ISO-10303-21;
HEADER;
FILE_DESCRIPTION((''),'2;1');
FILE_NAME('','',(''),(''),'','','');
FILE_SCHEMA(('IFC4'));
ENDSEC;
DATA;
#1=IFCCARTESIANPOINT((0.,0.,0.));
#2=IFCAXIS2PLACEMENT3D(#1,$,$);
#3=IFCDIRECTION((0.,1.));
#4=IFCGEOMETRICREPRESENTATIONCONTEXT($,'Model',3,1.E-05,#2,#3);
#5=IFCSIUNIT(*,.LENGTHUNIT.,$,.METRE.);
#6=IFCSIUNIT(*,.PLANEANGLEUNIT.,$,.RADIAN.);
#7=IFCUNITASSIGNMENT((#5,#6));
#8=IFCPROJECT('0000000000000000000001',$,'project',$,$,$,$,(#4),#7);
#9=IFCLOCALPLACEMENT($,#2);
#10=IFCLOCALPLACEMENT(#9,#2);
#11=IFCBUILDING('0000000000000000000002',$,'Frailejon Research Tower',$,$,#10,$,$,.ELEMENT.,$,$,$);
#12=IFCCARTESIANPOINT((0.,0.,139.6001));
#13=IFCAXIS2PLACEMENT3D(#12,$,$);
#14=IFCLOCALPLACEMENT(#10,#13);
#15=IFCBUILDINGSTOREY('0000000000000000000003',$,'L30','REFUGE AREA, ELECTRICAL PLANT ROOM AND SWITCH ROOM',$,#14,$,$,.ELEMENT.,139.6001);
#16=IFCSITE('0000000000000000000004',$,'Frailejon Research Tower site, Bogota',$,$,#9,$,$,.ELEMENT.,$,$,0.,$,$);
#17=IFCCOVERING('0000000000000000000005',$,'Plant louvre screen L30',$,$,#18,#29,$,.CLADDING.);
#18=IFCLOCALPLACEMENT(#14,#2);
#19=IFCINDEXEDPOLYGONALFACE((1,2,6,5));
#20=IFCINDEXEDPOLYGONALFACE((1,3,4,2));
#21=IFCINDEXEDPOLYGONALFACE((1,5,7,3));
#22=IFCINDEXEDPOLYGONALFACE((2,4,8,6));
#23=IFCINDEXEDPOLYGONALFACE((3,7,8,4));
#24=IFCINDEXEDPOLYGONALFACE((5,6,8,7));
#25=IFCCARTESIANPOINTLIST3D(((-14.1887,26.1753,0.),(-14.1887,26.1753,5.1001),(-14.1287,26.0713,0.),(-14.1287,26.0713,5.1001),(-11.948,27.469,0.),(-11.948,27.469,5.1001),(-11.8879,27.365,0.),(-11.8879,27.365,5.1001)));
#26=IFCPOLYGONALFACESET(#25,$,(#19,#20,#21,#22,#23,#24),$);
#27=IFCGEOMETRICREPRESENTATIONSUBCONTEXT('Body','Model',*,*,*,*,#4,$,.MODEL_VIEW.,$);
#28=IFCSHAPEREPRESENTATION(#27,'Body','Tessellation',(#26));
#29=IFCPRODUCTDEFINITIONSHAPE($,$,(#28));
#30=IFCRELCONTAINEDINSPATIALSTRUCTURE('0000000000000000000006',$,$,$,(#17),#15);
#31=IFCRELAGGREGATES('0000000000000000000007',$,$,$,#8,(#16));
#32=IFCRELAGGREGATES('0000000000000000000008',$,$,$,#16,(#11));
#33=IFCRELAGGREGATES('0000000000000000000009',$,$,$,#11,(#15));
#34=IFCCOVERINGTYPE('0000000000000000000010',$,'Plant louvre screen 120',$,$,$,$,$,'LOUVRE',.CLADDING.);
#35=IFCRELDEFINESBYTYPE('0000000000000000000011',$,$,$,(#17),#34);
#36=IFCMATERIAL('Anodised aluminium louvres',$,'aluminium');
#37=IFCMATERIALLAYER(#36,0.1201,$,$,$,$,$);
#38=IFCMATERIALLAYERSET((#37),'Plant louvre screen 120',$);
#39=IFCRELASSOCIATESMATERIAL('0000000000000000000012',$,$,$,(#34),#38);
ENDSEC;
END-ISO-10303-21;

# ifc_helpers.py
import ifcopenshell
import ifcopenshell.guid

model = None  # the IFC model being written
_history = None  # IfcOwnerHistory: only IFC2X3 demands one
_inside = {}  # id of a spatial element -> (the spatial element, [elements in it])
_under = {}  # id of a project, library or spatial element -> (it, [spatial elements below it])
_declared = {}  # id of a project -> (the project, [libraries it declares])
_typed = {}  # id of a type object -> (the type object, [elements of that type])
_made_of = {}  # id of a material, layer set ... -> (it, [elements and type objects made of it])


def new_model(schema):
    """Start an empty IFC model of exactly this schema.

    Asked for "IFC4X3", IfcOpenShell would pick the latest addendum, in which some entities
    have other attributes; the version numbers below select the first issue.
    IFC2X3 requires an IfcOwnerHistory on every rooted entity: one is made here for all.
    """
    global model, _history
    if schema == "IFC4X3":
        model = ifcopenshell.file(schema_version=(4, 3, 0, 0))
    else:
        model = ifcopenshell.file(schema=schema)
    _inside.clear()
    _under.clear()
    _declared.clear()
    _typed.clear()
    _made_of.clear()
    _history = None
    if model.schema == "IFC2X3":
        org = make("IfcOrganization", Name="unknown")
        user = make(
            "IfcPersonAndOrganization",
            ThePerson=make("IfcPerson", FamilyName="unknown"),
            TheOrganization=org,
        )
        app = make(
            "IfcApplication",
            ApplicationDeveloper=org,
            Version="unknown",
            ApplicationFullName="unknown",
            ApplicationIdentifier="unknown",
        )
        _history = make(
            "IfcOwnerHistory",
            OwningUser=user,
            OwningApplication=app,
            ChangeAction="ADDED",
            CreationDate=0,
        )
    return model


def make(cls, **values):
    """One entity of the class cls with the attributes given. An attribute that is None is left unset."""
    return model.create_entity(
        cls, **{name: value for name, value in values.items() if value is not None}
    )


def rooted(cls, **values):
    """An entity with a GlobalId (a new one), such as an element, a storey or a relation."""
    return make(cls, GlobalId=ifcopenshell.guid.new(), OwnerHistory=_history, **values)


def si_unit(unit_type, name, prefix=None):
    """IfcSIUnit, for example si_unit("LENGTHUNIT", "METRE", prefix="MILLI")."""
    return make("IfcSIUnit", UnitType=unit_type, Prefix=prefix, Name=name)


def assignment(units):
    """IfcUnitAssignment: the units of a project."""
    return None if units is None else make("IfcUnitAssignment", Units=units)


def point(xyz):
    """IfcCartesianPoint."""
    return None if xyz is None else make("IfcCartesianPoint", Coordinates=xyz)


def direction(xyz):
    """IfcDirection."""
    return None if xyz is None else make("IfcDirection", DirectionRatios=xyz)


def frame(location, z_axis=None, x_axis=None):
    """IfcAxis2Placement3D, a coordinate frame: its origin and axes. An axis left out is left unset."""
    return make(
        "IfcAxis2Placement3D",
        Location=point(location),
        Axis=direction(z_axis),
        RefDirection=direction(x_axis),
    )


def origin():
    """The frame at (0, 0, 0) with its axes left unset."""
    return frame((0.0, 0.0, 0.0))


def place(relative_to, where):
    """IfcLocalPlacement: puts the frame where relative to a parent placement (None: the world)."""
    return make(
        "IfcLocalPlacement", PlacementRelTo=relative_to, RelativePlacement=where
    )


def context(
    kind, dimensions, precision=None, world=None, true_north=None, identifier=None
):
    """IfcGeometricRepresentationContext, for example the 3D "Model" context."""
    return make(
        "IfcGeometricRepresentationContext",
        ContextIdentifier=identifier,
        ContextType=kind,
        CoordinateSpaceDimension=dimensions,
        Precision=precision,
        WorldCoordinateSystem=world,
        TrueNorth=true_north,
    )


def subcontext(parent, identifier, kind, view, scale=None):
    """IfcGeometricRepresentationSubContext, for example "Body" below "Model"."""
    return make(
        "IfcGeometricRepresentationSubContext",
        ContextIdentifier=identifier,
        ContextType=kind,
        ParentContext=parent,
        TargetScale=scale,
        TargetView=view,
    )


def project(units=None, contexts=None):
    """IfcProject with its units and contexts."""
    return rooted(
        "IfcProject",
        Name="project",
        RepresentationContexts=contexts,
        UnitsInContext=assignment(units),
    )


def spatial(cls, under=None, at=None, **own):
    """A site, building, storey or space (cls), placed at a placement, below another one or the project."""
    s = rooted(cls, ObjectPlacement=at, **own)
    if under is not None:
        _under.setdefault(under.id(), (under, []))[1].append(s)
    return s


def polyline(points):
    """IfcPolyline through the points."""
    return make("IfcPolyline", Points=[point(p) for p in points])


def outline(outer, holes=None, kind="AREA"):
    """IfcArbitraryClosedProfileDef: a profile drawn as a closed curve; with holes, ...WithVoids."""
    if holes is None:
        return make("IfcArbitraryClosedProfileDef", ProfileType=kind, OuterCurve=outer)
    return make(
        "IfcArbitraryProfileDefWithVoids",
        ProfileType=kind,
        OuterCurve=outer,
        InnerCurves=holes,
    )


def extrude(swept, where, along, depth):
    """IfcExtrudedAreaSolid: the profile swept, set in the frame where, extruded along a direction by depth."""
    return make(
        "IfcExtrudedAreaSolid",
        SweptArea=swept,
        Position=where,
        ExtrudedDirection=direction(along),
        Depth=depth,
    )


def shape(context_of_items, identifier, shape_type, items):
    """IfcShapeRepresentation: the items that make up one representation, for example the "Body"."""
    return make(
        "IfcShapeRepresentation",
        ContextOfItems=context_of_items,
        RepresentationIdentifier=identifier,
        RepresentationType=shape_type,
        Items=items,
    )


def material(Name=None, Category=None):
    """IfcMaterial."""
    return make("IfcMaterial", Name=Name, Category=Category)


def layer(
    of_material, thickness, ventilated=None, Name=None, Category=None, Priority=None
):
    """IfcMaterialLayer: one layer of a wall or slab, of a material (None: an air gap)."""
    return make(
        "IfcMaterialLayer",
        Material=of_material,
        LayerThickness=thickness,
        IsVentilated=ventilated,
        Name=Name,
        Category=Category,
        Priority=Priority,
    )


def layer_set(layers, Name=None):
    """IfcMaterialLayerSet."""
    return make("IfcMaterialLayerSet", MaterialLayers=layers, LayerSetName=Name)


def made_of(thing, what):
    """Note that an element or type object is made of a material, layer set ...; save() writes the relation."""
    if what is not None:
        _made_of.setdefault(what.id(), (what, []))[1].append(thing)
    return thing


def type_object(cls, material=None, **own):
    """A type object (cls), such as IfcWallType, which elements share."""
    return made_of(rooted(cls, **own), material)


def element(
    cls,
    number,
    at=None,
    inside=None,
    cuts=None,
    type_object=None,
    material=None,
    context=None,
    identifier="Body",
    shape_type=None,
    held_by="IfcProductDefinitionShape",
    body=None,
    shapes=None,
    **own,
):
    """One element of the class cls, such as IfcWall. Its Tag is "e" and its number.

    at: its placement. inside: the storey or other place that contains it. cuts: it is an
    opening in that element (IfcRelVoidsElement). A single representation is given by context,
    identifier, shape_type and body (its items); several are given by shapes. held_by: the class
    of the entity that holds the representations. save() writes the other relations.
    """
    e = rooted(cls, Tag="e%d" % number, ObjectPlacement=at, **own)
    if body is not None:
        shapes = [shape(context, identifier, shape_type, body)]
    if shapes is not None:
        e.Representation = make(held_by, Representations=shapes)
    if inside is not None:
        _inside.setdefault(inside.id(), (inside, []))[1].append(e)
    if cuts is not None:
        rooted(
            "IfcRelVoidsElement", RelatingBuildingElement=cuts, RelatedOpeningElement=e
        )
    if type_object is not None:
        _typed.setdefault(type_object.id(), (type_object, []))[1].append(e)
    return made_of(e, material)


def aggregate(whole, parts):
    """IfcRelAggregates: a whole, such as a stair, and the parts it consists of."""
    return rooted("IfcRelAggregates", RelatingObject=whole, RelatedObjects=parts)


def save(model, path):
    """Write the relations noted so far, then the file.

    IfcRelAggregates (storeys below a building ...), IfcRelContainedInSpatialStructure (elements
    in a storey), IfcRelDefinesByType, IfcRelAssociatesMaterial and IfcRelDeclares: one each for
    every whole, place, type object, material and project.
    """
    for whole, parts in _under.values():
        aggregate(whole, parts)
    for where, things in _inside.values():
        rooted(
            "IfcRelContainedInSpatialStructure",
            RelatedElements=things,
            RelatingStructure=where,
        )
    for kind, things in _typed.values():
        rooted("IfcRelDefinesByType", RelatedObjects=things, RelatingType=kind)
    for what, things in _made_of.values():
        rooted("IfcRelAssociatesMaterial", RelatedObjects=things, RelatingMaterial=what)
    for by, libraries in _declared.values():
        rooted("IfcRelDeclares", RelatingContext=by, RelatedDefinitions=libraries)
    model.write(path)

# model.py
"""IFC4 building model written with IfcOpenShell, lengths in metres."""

from ifc_helpers import new_model, si_unit, direction, frame, origin, place, context, subcontext, project, spatial, polyline, outline, extrude, material, layer, layer_set, type_object, element, save


model = new_model("IFC4")

# Units and contexts
model_context = context("Model", 3, precision=1e-05, world=origin(), true_north=direction((0.0, 1.0)))
body_context = subcontext(model_context, "Body", "Model", "MODEL_VIEW")
ifc_project = project(units=[si_unit("LENGTHUNIT", "METRE"), si_unit("PLANEANGLEUNIT", "RADIAN")], contexts=[model_context])

# Site, building, storey
site_placement = place(None, origin())
site = spatial("IfcSite", under=ifc_project, at=site_placement, Name="Frailejon Research Tower site, Bogota", CompositionType="ELEMENT", RefElevation=0.0)
building_placement = place(site_placement, origin())
building = spatial("IfcBuilding", under=site, at=building_placement, Name="Frailejon Research Tower", CompositionType="ELEMENT")
storey_placement = place(building_placement, frame((0.0, 0.0, 139.6001)))
storey = spatial("IfcBuildingStorey", under=building, at=storey_placement, Name="L30", Description="REFUGE AREA, ELECTRICAL PLANT ROOM AND SWITCH ROOM", CompositionType="ELEMENT", Elevation=139.6001)

# Covering
ifc_material_1 = material(Name="Anodised aluminium louvres", Category="aluminium")
ifc_layer_1 = layer(ifc_material_1, 0.1201)
ifc_layer_set_1 = layer_set([ifc_layer_1], Name="Plant louvre screen 120")
covering_type = type_object("IfcCoveringType", Name="Plant louvre screen 120", ElementType="LOUVRE", PredefinedType="CLADDING", material=ifc_layer_set_1)
covering_1_placement = place(storey_placement, frame((-14.1887, 26.1753, 0.0), z_axis=(0.866021, 0.500007, 0.0), x_axis=(-0.500007, 0.866021, 0.0)))
element("IfcCovering", 1, at=covering_1_placement, inside=storey, type_object=covering_type, Name="Plant louvre screen L30", PredefinedType="CLADDING", context=body_context, shape_type="SweptSolid", body=[
    extrude(outline(polyline([(-0.1201, 0.0), (0.0, 0.0), (0.0, 5.1001), (-0.1201, 5.1001), (-0.1201, 0.0)])), origin(), (0.0, 0.0, 1.0), 2.5874),
])

save(model, "model.ifc")
